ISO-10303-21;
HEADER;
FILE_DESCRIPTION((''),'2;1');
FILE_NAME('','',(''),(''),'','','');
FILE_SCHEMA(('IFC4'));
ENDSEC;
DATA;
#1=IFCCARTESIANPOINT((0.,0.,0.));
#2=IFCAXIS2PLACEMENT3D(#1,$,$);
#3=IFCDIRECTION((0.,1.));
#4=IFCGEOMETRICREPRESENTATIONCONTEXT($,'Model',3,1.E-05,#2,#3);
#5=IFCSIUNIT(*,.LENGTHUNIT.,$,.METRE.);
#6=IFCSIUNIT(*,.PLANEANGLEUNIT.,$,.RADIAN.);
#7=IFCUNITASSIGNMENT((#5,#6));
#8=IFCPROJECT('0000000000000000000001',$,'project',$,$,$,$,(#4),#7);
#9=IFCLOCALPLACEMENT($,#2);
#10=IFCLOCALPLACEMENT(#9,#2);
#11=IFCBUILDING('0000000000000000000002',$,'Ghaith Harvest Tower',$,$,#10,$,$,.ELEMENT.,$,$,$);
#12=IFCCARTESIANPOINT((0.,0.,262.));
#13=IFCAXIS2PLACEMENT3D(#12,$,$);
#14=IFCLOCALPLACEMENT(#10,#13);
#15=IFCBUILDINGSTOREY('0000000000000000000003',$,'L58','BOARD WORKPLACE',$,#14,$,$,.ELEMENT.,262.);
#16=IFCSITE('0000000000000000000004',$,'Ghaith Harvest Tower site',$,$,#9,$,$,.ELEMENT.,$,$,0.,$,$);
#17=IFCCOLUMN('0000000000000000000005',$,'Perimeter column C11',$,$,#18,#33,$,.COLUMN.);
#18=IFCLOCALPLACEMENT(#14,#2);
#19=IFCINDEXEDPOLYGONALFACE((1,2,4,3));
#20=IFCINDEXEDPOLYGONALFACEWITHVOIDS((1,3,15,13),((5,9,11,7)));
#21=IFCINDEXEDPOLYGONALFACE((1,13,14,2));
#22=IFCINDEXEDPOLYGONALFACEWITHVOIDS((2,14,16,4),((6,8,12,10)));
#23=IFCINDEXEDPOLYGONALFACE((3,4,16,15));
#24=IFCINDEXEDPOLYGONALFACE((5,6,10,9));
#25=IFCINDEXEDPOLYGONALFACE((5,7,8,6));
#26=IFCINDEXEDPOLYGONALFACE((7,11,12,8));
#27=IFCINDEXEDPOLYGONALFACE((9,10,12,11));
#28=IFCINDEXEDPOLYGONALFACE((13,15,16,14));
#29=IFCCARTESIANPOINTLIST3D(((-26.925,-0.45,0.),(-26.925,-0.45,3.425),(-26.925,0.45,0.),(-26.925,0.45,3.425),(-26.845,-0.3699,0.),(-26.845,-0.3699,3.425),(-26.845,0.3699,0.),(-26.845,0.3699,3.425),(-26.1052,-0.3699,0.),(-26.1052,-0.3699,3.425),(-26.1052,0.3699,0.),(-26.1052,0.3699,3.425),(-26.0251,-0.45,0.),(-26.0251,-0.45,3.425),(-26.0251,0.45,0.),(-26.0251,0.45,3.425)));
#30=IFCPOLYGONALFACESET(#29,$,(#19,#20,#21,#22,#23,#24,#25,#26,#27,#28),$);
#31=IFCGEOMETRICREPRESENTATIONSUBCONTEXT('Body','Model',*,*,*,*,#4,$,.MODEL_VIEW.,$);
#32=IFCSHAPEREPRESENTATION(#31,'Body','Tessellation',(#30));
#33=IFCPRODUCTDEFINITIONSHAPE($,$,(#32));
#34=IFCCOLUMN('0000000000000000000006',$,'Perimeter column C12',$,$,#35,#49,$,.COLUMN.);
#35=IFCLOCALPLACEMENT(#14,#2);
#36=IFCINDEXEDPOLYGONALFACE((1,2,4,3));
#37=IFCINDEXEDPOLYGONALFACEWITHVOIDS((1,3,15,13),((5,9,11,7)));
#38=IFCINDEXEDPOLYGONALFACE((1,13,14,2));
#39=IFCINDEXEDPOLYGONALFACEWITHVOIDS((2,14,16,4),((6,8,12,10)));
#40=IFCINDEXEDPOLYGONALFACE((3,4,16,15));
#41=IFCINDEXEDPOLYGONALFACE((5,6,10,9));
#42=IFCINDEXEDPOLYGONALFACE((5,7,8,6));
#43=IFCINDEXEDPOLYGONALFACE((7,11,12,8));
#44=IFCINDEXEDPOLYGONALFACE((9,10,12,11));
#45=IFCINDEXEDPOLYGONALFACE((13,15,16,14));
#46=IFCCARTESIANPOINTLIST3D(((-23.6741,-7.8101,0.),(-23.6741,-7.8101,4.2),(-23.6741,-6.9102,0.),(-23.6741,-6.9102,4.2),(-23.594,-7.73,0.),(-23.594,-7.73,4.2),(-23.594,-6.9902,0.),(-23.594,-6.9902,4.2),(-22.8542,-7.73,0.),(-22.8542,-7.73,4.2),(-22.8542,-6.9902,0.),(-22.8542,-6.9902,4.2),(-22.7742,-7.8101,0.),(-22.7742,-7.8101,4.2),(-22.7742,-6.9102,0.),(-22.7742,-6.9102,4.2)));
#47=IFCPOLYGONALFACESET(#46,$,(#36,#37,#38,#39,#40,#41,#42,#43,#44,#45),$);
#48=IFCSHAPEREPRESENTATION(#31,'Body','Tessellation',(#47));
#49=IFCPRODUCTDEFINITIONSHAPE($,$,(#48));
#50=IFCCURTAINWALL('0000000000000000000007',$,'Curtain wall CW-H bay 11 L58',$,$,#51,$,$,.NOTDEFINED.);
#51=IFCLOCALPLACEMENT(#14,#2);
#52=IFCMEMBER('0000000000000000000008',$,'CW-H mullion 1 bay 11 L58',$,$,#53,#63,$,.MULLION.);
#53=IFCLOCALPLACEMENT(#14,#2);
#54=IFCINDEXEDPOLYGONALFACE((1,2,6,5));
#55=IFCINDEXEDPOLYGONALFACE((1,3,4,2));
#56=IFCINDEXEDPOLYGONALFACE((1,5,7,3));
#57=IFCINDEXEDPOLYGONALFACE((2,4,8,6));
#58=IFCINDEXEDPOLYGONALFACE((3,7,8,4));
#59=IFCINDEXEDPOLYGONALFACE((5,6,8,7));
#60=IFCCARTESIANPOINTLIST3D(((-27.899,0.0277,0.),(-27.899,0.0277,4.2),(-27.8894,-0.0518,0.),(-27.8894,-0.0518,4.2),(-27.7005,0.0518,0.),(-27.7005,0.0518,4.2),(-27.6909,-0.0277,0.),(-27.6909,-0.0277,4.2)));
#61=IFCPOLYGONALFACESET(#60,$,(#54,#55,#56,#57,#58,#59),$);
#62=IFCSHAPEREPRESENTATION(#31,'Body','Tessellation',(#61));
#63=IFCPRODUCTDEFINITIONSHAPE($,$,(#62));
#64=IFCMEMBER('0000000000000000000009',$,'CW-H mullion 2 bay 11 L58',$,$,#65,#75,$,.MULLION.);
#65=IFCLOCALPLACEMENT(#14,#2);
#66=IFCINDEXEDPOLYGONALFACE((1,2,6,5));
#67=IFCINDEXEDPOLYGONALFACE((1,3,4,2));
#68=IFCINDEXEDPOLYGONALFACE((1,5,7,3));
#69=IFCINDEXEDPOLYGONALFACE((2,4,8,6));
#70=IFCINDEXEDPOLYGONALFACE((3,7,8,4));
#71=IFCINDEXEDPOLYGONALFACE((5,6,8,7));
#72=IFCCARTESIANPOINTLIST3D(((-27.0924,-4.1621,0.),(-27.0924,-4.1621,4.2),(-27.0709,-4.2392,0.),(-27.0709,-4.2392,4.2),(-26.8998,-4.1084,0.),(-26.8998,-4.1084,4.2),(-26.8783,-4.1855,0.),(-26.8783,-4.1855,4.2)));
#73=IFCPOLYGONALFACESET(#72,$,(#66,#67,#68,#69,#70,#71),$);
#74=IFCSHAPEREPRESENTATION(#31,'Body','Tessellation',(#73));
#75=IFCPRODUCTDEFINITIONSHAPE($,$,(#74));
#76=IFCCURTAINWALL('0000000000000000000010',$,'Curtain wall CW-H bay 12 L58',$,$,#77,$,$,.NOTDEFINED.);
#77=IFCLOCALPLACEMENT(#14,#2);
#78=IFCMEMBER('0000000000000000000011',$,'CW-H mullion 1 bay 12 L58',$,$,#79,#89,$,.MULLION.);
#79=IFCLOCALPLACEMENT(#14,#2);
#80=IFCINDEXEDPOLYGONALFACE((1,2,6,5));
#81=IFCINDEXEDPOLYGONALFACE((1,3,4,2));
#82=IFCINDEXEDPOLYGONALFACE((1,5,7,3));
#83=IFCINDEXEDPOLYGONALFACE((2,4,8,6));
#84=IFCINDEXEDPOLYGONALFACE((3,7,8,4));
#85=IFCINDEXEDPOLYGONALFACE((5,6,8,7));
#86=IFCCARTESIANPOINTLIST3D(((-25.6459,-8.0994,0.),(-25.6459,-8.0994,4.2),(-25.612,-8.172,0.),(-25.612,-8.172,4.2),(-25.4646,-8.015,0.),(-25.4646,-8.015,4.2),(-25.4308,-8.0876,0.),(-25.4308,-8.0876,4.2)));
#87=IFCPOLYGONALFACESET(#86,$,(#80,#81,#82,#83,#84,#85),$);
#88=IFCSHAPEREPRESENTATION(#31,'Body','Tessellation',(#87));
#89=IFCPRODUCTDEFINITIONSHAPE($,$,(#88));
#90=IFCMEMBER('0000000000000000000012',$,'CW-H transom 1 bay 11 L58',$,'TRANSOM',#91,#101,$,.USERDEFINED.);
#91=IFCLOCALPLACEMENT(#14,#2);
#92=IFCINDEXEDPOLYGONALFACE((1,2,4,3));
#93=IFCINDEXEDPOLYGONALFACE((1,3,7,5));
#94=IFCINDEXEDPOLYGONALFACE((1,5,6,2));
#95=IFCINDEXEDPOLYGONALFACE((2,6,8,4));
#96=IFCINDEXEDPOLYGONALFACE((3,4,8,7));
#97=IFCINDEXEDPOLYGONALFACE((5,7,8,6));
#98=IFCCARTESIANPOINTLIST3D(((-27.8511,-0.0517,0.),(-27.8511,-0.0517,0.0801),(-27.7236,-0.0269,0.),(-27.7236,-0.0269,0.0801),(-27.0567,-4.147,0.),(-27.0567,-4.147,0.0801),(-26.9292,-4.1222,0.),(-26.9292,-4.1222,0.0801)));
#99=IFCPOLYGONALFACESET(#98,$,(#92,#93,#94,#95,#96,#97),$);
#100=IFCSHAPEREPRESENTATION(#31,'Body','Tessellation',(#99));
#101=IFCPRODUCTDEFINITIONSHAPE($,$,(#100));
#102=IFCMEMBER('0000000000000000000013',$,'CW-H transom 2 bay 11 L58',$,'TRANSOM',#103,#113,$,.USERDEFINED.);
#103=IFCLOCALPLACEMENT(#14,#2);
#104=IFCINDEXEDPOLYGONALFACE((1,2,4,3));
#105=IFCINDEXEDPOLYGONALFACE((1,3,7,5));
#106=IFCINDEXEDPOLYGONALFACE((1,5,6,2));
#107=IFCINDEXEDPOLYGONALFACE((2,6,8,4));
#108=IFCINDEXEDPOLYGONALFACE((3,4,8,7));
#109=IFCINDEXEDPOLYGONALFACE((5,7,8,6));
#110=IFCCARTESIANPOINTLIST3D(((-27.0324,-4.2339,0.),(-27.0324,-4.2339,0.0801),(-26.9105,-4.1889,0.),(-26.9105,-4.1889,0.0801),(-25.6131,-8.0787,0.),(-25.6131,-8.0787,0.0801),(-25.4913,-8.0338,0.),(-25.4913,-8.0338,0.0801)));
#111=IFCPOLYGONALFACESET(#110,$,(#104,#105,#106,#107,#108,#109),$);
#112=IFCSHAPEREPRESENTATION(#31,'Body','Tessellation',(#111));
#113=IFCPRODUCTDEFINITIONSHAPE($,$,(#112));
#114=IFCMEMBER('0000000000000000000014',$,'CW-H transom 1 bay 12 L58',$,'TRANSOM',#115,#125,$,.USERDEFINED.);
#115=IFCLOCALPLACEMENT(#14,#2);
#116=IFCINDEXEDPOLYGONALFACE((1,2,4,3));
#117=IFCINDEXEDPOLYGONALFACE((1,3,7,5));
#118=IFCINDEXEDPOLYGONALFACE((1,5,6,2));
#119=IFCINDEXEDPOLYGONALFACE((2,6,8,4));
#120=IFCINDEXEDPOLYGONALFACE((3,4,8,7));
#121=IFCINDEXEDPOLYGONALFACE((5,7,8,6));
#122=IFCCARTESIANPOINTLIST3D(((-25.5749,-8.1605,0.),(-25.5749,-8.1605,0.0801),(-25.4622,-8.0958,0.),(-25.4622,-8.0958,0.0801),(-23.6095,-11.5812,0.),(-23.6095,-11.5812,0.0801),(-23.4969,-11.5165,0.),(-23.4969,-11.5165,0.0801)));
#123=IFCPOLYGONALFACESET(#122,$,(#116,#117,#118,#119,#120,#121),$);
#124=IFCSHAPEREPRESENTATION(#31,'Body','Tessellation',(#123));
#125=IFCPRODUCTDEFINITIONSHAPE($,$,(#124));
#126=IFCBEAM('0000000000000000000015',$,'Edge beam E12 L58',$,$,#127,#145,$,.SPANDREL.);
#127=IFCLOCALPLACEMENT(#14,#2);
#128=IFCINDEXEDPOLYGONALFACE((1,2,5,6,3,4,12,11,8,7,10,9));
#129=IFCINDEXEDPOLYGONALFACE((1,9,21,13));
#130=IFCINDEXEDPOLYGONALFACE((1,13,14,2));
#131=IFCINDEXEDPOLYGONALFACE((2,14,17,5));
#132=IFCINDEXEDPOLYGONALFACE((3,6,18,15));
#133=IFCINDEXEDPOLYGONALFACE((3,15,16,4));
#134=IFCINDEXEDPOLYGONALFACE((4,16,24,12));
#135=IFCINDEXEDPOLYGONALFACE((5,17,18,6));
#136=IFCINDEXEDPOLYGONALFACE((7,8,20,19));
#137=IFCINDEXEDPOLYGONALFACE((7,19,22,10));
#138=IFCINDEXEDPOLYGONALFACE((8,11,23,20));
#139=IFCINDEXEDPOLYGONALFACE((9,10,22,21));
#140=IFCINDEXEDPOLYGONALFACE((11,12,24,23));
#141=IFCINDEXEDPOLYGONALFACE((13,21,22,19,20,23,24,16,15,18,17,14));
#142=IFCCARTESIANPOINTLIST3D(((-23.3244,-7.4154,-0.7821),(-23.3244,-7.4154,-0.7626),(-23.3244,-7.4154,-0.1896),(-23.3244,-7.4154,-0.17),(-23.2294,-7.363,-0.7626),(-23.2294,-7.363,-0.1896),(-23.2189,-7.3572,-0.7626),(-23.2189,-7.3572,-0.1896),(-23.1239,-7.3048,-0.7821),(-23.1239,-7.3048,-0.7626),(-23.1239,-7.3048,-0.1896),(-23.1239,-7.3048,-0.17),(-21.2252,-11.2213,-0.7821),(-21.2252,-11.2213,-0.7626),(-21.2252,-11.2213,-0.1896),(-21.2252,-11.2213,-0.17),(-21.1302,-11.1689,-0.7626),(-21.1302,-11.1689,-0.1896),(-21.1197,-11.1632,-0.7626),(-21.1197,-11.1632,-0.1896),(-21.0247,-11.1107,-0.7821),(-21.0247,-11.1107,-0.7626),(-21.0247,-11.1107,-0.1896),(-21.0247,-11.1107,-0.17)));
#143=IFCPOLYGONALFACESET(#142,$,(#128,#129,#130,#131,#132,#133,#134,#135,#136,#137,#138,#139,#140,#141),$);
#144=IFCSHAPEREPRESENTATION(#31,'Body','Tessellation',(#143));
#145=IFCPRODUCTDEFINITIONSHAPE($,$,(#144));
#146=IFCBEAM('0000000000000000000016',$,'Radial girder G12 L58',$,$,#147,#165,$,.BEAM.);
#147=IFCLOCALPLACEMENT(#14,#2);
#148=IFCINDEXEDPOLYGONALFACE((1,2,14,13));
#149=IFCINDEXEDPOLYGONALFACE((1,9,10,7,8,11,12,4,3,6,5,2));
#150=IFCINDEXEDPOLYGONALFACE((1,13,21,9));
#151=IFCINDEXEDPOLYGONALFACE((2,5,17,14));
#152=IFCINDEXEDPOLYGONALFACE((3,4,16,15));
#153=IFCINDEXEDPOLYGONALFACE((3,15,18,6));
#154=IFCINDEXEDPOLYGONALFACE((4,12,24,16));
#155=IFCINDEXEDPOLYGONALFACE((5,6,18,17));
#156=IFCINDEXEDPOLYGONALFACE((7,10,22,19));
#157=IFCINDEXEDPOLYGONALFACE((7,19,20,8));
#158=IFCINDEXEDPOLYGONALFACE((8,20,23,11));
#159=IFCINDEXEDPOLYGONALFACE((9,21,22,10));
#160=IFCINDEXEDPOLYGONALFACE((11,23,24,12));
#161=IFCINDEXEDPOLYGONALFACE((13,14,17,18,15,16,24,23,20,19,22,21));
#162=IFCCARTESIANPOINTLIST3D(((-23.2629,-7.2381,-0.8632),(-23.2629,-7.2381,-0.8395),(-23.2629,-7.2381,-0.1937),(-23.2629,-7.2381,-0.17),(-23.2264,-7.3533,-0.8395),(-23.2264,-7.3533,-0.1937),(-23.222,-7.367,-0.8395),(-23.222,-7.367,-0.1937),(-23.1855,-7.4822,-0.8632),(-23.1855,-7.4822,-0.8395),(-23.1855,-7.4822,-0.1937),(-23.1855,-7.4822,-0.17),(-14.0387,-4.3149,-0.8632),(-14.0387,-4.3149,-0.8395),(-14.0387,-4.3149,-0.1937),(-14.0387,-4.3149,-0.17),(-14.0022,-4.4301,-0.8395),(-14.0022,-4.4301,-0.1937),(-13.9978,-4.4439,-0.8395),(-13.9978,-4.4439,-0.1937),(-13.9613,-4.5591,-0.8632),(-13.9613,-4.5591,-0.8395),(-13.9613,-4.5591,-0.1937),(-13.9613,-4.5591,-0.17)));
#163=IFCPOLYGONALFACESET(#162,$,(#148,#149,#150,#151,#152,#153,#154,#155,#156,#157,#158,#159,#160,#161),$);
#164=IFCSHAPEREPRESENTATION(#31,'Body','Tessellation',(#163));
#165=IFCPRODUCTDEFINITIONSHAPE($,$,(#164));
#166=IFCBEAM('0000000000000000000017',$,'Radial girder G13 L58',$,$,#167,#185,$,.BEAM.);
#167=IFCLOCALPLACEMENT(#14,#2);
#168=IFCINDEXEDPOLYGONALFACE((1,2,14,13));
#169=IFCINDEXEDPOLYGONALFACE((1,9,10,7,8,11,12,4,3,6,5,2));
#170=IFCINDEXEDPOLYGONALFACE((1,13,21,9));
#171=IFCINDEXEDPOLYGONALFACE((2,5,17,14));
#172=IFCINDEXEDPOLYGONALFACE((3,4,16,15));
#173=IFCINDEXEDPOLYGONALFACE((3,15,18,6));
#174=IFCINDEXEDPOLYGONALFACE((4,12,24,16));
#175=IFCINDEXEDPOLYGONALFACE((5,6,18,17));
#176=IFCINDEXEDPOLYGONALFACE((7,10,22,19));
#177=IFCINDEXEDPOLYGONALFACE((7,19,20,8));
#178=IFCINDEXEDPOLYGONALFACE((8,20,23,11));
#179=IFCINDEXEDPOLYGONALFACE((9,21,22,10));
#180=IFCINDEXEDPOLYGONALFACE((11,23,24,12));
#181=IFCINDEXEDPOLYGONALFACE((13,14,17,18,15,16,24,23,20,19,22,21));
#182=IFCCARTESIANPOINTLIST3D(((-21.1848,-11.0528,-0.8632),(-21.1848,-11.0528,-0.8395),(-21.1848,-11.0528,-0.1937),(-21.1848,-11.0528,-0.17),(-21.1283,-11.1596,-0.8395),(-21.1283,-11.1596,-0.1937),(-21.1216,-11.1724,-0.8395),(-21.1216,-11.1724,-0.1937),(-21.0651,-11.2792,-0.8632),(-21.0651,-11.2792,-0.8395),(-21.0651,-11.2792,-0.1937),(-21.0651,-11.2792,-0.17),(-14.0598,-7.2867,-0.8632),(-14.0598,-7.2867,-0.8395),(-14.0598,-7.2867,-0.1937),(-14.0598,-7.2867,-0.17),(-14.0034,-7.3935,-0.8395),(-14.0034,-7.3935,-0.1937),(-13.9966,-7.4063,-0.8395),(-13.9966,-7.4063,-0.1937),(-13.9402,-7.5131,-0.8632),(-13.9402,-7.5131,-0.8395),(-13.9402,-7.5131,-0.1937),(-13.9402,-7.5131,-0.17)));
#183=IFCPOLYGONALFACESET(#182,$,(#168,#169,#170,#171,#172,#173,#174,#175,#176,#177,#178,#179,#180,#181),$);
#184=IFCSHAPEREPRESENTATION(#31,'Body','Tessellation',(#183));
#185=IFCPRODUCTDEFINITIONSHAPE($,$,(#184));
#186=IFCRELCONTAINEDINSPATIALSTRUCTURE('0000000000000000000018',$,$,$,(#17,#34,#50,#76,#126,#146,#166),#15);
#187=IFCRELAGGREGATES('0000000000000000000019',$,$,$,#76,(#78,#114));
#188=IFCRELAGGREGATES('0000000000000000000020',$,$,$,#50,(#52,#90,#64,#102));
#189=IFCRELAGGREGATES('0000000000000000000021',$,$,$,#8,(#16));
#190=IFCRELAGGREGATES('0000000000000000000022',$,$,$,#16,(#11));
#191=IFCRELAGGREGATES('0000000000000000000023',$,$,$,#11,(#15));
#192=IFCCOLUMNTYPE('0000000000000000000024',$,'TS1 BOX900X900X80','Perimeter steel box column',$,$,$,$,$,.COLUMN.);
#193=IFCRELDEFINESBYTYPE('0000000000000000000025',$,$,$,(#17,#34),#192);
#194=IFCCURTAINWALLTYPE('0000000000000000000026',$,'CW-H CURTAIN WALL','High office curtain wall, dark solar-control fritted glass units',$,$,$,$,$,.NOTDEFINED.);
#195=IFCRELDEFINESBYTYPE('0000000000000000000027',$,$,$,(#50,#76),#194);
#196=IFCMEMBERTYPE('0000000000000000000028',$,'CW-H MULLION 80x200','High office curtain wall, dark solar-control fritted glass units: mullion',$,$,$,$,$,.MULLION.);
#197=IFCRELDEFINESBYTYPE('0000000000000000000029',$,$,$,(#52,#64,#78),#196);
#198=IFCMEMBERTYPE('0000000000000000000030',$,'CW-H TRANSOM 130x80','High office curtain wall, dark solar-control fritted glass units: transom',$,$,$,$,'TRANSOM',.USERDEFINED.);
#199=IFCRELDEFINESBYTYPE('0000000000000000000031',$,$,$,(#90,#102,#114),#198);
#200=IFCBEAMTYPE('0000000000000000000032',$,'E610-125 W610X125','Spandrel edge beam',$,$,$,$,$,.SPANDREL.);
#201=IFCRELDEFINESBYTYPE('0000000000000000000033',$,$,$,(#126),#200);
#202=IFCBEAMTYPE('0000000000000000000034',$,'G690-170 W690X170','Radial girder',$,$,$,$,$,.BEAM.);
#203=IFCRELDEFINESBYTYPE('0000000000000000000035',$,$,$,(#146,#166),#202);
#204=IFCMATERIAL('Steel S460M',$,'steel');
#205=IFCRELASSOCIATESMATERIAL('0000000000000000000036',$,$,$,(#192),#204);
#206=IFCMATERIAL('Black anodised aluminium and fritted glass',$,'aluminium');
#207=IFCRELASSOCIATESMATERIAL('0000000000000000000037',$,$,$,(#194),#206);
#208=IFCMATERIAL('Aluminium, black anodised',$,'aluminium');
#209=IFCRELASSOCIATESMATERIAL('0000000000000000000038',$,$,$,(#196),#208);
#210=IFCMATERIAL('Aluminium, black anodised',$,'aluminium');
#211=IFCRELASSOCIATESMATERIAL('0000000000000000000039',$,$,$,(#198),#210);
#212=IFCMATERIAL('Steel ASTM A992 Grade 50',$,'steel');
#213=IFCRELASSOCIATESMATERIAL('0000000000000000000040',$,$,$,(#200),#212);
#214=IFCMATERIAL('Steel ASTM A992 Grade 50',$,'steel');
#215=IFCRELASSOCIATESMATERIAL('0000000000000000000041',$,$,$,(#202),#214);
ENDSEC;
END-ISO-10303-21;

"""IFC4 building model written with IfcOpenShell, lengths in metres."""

from ifc_helpers import new_model, si_unit, direction, frame, origin, origin_2d, place, context, subcontext, project, spatial, rectangle, hollow_rectangle, i_section, extrude, material, material_profile, profile_set, type_object, element, aggregate, save


model = new_model("IFC4")

# Units and contexts
model_context = context("Model", 3, precision=1e-05, world=origin(), true_north=direction((0.0, 1.0)))
body_context = subcontext(model_context, "Body", "Model", "MODEL_VIEW")
ifc_project = project(units=[si_unit("LENGTHUNIT", "METRE"), si_unit("PLANEANGLEUNIT", "RADIAN")], contexts=[model_context])

# Site, building, storey
site_placement = place(None, origin())
site = spatial("IfcSite", under=ifc_project, at=site_placement, Name="Ghaith Harvest Tower site", CompositionType="ELEMENT", RefElevation=0.0)
building_placement = place(site_placement, origin())
building = spatial("IfcBuilding", under=site, at=building_placement, Name="Ghaith Harvest Tower", CompositionType="ELEMENT")
storey_placement = place(building_placement, frame((0.0, 0.0, 262.0)))
storey = spatial("IfcBuildingStorey", under=building, at=storey_placement, Name="L58", Description="BOARD WORKPLACE", CompositionType="ELEMENT", Elevation=262.0)

# Columns
ifc_material_1 = material(Name="Steel S460M", Category="steel")
ifc_material_profile_1 = material_profile(ifc_material_1, hollow_rectangle(XDim=0.8999, YDim=0.8999, WallThickness=0.0801, at=origin_2d()), Name="BOX900X900X80")
ifc_profile_set_1 = profile_set([ifc_material_profile_1], Name="Steel S460M")
column_type = type_object("IfcColumnType", Name="TS1 BOX900X900X80", Description="Perimeter steel box column", PredefinedType="COLUMN", material=ifc_profile_set_1)
column_1_placement = place(storey_placement, frame((-26.4751, 0.0, 0.0), z_axis=(0.0, 0.0, 1.0), x_axis=(1.0, 0.0, 0.0)))
element("IfcColumn", 1, at=column_1_placement, inside=storey, type_object=column_type, Name="Perimeter column C11", PredefinedType="COLUMN", context=body_context, shape_type="SweptSolid", body=[
    extrude(hollow_rectangle(XDim=0.8999, YDim=0.8999, WallThickness=0.0801, at=origin_2d()), origin(), (0.0, 0.0, 1.0), 3.425),
])
column_2_placement = place(storey_placement, frame((-23.2241, -7.3601, 0.0), z_axis=(0.0, 0.0, 1.0), x_axis=(1.0, 0.0, 0.0)))
element("IfcColumn", 2, at=column_2_placement, inside=storey, type_object=column_type, Name="Perimeter column C12", PredefinedType="COLUMN", context=body_context, shape_type="SweptSolid", body=[
    extrude(hollow_rectangle(XDim=0.8999, YDim=0.8999, WallThickness=0.0801, at=origin_2d()), origin(), (0.0, 0.0, 1.0), 4.2),
])

# Curtain wall, members
ifc_material_2 = material(Name="Black anodised aluminium and fritted glass", Category="aluminium")
curtain_wall_type = type_object("IfcCurtainWallType", Name="CW-H CURTAIN WALL", Description="High office curtain wall, dark solar-control fritted glass units", PredefinedType="NOTDEFINED", material=ifc_material_2)
curtain_wall_1_placement = place(storey_placement, origin())
curtain_wall_1 = element("IfcCurtainWall", 3, at=curtain_wall_1_placement, inside=storey, type_object=curtain_wall_type, Name="Curtain wall CW-H bay 11 L58", PredefinedType="NOTDEFINED")
ifc_material_3 = material(Name="Aluminium, black anodised", Category="aluminium")
ifc_material_profile_2 = material_profile(ifc_material_3, rectangle(XDim=0.0801, YDim=0.2, at=origin_2d()), Name="CW-H MULLION 80x200")
ifc_profile_set_2 = profile_set([ifc_material_profile_2], Name="Aluminium, black anodised")
member_type_1 = type_object("IfcMemberType", Name="CW-H MULLION 80x200", Description="High office curtain wall, dark solar-control fritted glass units: mullion", PredefinedType="MULLION", material=ifc_profile_set_2)
member_1_placement = place(storey_placement, frame((-27.7949, 0.0, 0.0), z_axis=(0.0, 0.0, 1.0), x_axis=(0.12025, -0.992744, 0.0)))
member_1 = element("IfcMember", 4, at=member_1_placement, type_object=member_type_1, Name="CW-H mullion 1 bay 11 L58", PredefinedType="MULLION", context=body_context, shape_type="SweptSolid", body=[
    extrude(rectangle(XDim=0.0801, YDim=0.2, at=origin_2d()), origin(), (0.0, 0.0, 1.0), 4.2),
])
member_2_placement = place(storey_placement, frame((-26.9854, -4.1738, 0.0), z_axis=(0.0, 0.0, 1.0), x_axis=(0.268569, -0.96326, 0.0)))
member_2 = element("IfcMember", 5, at=member_2_placement, type_object=member_type_1, Name="CW-H mullion 2 bay 11 L58", PredefinedType="MULLION", context=body_context, shape_type="SweptSolid", body=[
    extrude(rectangle(XDim=0.0801, YDim=0.2, at=origin_2d()), origin(), (0.0, 0.0, 1.0), 4.2),
])

# Curtain wall, member
curtain_wall_2_placement = place(storey_placement, origin())
curtain_wall_2 = element("IfcCurtainWall", 6, at=curtain_wall_2_placement, inside=storey, type_object=curtain_wall_type, Name="Curtain wall CW-H bay 12 L58", PredefinedType="NOTDEFINED")
member_3_placement = place(storey_placement, frame((-25.5383, -8.0935, 0.0), z_axis=(0.0, 0.0, 1.0), x_axis=(0.422309, -0.906452, 0.0)))
member_3 = element("IfcMember", 7, at=member_3_placement, type_object=member_type_1, Name="CW-H mullion 1 bay 12 L58", PredefinedType="MULLION", context=body_context, shape_type="SweptSolid", body=[
    extrude(rectangle(XDim=0.0801, YDim=0.2, at=origin_2d()), origin(), (0.0, 0.0, 1.0), 4.2),
])

# Members
ifc_material_4 = material(Name="Aluminium, black anodised", Category="aluminium")
ifc_material_profile_3 = material_profile(ifc_material_4, rectangle(XDim=0.1299, YDim=0.0801, at=origin_2d()), Name="CW-H TRANSOM 130x80")
ifc_profile_set_3 = profile_set([ifc_material_profile_3], Name="Aluminium, black anodised")
member_type_2 = type_object("IfcMemberType", Name="CW-H TRANSOM 130x80", Description="High office curtain wall, dark solar-control fritted glass units: transom", ElementType="TRANSOM", PredefinedType="USERDEFINED", material=ifc_profile_set_3)
member_4_placement = place(storey_placement, frame((-27.7874, -0.0393, 0.04), z_axis=(0.19044, -0.981699, 0.0), x_axis=(0.981699, 0.19044, 0.0)))
member_4 = element("IfcMember", 8, at=member_4_placement, type_object=member_type_2, Name="CW-H transom 1 bay 11 L58", ObjectType="TRANSOM", PredefinedType="USERDEFINED", context=body_context, shape_type="SweptSolid", body=[
    extrude(rectangle(XDim=0.1299, YDim=0.0801, at=origin_2d()), origin(), (0.0, 0.0, 1.0), 4.1716),
])
member_5_placement = place(storey_placement, frame((-26.9714, -4.2114, 0.04), z_axis=(0.346288, -0.938128, 0.0), x_axis=(0.938128, 0.346288, 0.0)))
member_5 = element("IfcMember", 9, at=member_5_placement, type_object=member_type_2, Name="CW-H transom 2 bay 11 L58", ObjectType="TRANSOM", PredefinedType="USERDEFINED", context=body_context, shape_type="SweptSolid", body=[
    extrude(rectangle(XDim=0.1299, YDim=0.0801, at=origin_2d()), origin(), (0.0, 0.0, 1.0), 4.0984),
])
member_6_placement = place(storey_placement, frame((-25.5186, -8.1282, 0.04), z_axis=(0.498177, -0.867075, 0.0), x_axis=(0.867075, 0.498177, 0.0)))
member_6 = element("IfcMember", 10, at=member_6_placement, type_object=member_type_2, Name="CW-H transom 1 bay 12 L58", ObjectType="TRANSOM", PredefinedType="USERDEFINED", context=body_context, shape_type="SweptSolid", body=[
    extrude(rectangle(XDim=0.1299, YDim=0.0801, at=origin_2d()), origin(), (0.0, 0.0, 1.0), 3.9451),
])
aggregate(curtain_wall_2, [member_3, member_6])

# Beams
ifc_material_5 = material(Name="Steel ASTM A992 Grade 50", Category="steel")
ifc_material_profile_4 = material_profile(ifc_material_5, i_section(OverallWidth=0.229, OverallDepth=0.6121, WebThickness=0.012, FlangeThickness=0.0195, at=origin_2d()), Name="W610X125")
ifc_profile_set_4 = profile_set([ifc_material_profile_4], Name="Steel ASTM A992 Grade 50")
beam_type_1 = type_object("IfcBeamType", Name="E610-125 W610X125", Description="Spandrel edge beam", PredefinedType="SPANDREL", material=ifc_profile_set_4)
beam_1_placement = place(storey_placement, frame((-23.2241, -7.3601, -0.4761), z_axis=(0.482956, -0.875645, 0.0), x_axis=(0.875645, 0.482956, 0.0)))
element("IfcBeam", 11, at=beam_1_placement, inside=storey, type_object=beam_type_1, Name="Edge beam E12 L58", PredefinedType="SPANDREL", context=body_context, shape_type="SweptSolid", body=[
    extrude(i_section(OverallWidth=0.229, OverallDepth=0.6121, WebThickness=0.012, FlangeThickness=0.0195, at=origin_2d()), origin(), (0.0, 0.0, 1.0), 4.3464),
])
ifc_material_6 = material(Name="Steel ASTM A992 Grade 50", Category="steel")
ifc_material_profile_5 = material_profile(ifc_material_6, i_section(OverallWidth=0.2561, OverallDepth=0.6931, WebThickness=0.0144, FlangeThickness=0.0237, at=origin_2d()), Name="W690X170")
ifc_profile_set_5 = profile_set([ifc_material_profile_5], Name="Steel ASTM A992 Grade 50")
beam_type_2 = type_object("IfcBeamType", Name="G690-170 W690X170", Description="Radial girder", PredefinedType="BEAM", material=ifc_profile_set_5)
beam_2_placement = place(storey_placement, frame((-14.0, -4.437, -0.5166), z_axis=(-0.953279, -0.302091, 0.0), x_axis=(0.302091, -0.953279, 0.0)))
element("IfcBeam", 12, at=beam_2_placement, inside=storey, type_object=beam_type_2, Name="Radial girder G12 L58", PredefinedType="BEAM", context=body_context, shape_type="SweptSolid", body=[
    extrude(i_section(OverallWidth=0.2561, OverallDepth=0.6931, WebThickness=0.0144, FlangeThickness=0.0237, at=origin_2d()), origin(), (0.0, 0.0, 1.0), 9.6763),
])
beam_3_placement = place(storey_placement, frame((-14.0, -7.3999, -0.5166), z_axis=(-0.884093, -0.467311, 0.0), x_axis=(0.467311, -0.884093, 0.0)))
element("IfcBeam", 13, at=beam_3_placement, inside=storey, type_object=beam_type_2, Name="Radial girder G13 L58", PredefinedType="BEAM", context=body_context, shape_type="SweptSolid", body=[
    extrude(i_section(OverallWidth=0.2561, OverallDepth=0.6931, WebThickness=0.0144, FlangeThickness=0.0237, at=origin_2d()), origin(), (0.0, 0.0, 1.0), 8.0591),
])

aggregate(curtain_wall_1, [member_1, member_4, member_2, member_5])

save(model, "model.ifc")
